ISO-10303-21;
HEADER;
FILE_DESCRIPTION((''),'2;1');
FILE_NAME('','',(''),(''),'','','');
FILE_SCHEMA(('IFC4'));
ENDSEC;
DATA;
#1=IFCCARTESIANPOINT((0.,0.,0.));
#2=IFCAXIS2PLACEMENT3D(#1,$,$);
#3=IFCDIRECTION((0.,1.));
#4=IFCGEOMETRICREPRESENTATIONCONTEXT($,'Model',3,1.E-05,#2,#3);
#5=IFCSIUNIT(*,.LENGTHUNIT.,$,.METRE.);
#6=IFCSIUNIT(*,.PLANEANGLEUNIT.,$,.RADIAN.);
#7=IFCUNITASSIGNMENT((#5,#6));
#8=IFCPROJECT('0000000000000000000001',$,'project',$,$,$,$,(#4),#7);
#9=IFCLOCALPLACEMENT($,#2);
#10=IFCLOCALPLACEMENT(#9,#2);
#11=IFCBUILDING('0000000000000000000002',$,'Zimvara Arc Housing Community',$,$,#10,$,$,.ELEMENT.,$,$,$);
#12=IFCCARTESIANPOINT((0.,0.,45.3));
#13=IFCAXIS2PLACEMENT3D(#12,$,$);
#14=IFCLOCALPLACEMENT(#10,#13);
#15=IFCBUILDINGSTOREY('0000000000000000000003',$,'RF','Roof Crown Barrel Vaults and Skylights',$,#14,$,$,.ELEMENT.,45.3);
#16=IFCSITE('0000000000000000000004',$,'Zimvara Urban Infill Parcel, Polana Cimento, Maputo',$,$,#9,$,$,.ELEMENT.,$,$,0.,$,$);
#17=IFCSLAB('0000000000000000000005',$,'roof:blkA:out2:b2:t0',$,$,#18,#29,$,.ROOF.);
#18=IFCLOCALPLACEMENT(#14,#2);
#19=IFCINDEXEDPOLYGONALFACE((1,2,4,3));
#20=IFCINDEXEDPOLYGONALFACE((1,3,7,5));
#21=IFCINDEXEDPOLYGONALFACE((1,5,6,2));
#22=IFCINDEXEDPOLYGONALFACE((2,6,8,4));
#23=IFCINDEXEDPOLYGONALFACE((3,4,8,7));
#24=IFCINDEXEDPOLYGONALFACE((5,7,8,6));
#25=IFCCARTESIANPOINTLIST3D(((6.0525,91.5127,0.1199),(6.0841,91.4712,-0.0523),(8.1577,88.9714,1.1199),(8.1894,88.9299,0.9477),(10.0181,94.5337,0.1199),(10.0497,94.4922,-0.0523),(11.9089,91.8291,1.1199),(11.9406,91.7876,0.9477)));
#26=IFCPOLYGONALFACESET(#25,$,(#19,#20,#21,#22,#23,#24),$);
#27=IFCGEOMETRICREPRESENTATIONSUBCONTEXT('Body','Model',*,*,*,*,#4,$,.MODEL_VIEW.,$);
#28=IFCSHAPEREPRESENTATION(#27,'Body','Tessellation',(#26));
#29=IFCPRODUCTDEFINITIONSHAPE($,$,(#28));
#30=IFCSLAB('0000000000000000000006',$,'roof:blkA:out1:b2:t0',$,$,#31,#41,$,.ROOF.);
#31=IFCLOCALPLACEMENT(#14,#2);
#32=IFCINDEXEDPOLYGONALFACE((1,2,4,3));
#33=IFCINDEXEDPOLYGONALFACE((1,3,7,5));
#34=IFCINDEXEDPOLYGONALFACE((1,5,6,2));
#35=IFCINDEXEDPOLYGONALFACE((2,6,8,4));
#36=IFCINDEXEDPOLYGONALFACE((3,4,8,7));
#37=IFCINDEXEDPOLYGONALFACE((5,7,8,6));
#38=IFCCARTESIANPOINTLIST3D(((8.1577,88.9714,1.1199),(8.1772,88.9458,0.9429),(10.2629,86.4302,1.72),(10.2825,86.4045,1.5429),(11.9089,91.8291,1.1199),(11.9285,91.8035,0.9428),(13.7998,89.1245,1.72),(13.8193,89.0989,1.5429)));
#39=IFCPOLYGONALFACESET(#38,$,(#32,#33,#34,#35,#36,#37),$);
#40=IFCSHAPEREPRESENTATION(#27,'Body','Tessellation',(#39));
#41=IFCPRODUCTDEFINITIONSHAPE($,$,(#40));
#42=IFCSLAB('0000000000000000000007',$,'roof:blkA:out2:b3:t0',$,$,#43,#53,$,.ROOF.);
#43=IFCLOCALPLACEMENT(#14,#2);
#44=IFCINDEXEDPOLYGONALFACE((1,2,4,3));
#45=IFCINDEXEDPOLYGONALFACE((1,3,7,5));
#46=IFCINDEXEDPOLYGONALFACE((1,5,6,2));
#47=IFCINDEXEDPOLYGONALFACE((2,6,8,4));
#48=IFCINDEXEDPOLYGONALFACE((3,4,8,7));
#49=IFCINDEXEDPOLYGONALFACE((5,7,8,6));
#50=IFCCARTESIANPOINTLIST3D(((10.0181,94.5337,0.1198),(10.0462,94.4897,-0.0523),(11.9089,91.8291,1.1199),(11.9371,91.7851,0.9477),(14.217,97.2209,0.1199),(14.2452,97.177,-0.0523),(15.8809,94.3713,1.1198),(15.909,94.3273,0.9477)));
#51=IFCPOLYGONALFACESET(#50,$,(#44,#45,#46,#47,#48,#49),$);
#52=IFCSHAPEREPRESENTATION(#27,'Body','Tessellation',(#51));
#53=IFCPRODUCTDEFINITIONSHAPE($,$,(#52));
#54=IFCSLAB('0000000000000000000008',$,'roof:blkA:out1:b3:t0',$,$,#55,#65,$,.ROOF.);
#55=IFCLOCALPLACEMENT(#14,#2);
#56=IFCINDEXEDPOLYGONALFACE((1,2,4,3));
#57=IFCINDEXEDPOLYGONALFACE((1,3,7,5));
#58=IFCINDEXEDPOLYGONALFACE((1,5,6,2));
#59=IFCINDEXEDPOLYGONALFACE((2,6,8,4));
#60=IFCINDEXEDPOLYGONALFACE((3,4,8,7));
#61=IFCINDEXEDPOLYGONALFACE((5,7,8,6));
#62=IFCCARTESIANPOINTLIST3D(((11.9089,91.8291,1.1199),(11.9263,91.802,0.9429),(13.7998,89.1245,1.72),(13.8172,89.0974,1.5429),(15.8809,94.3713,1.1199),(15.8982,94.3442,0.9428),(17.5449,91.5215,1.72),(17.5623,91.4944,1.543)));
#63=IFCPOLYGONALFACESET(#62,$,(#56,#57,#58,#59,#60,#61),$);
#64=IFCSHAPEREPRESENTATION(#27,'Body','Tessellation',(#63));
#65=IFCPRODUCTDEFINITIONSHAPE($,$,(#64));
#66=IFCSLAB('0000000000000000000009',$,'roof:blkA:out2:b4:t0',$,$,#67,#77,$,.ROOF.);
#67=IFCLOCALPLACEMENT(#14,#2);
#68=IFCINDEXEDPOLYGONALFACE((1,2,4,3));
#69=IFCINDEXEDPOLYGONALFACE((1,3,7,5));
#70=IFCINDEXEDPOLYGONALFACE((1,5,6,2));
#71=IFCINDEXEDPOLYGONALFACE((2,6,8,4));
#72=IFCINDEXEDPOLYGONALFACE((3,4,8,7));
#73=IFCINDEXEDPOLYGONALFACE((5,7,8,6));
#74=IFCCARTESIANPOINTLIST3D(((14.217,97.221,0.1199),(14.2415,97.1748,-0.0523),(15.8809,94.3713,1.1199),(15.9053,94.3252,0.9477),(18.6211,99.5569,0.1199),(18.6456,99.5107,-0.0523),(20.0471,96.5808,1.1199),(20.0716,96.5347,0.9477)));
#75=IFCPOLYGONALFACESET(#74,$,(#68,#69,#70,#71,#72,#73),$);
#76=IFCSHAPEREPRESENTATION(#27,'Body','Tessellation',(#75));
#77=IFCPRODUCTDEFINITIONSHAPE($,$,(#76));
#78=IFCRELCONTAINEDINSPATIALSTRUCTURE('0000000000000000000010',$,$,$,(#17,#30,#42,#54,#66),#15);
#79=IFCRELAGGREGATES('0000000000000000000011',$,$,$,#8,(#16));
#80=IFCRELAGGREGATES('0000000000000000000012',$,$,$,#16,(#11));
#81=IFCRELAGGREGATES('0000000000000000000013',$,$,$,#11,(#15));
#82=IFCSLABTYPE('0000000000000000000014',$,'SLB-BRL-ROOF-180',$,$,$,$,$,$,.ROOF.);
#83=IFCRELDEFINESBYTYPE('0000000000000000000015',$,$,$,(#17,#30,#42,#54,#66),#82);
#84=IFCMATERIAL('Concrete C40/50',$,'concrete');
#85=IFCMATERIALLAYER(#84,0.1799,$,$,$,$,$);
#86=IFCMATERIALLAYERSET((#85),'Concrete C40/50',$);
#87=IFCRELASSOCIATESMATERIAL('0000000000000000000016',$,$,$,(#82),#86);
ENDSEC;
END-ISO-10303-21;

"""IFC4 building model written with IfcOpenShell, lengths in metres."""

from ifc_helpers import new_model, si_unit, direction, frame, origin, place, context, subcontext, project, spatial, polyline, outline, extrude, material, layer, layer_set, type_object, element, save


model = new_model("IFC4")

# Units and contexts
model_context = context("Model", 3, precision=1e-05, world=origin(), true_north=direction((0.0, 1.0)))
body_context = subcontext(model_context, "Body", "Model", "MODEL_VIEW")
ifc_project = project(units=[si_unit("LENGTHUNIT", "METRE"), si_unit("PLANEANGLEUNIT", "RADIAN")], contexts=[model_context])

# Site, building, storey
site_placement = place(None, origin())
site = spatial("IfcSite", under=ifc_project, at=site_placement, Name="Zimvara Urban Infill Parcel, Polana Cimento, Maputo", CompositionType="ELEMENT", RefElevation=0.0)
building_placement = place(site_placement, origin())
building = spatial("IfcBuilding", under=site, at=building_placement, Name="Zimvara Arc Housing Community", CompositionType="ELEMENT")
storey_placement = place(building_placement, frame((0.0, 0.0, 45.3)))
storey = spatial("IfcBuildingStorey", under=building, at=storey_placement, Name="RF", Description="Roof Crown Barrel Vaults and Skylights", CompositionType="ELEMENT", Elevation=45.3)

# Slabs
ifc_material_1 = material(Name="Concrete C40/50", Category="concrete")
ifc_layer_1 = layer(ifc_material_1, 0.1799)
ifc_layer_set_1 = layer_set([ifc_layer_1], Name="Concrete C40/50")
slab_type = type_object("IfcSlabType", Name="SLB-BRL-ROOF-180", PredefinedType="ROOF", material=ifc_layer_set_1)
slab_1_placement = place(storey_placement, frame((10.0181, 94.5337, 0.1199), z_axis=(-0.175876, 0.230868, 0.956958), x_axis=(-0.79547, -0.605993, 0.000001)))
element("IfcSlab", 1, at=slab_1_placement, inside=storey, type_object=slab_type, Name="roof:blkA:out2:b2:t0", PredefinedType="ROOF", context=body_context, shape_type="SweptSolid", body=[
    extrude(outline(polyline([(0.0, 0.0), (4.9852, 0.0), (4.8505, 3.4456), (0.1348, 3.4456), (0.0, 0.0)])), origin(), (0.0, 0.0, -1.0), 0.1799),
])
slab_2_placement = place(storey_placement, frame((11.9089, 91.8291, 1.1199), z_axis=(-0.108506, 0.142436, 0.983839), x_axis=(-0.795473, -0.605989, 0.000001)))
element("IfcSlab", 2, at=slab_2_placement, inside=storey, type_object=slab_type, Name="roof:blkA:out1:b2:t0", PredefinedType="ROOF", context=body_context, shape_type="SweptSolid", body=[
    extrude(outline(polyline([(0.0, 0.0), (4.7157, 0.0), (4.581, 3.3514), (0.1348, 3.3514), (0.0, 0.0)])), origin(), (0.0, 0.0, -1.0), 0.1799),
])
slab_3_placement = place(storey_placement, frame((14.217, 97.2209, 0.1199), z_axis=(-0.156456, 0.244456, 0.956955), x_axis=(-0.842278, -0.539043, -0.000007)))
element("IfcSlab", 3, at=slab_3_placement, inside=storey, type_object=slab_type, Name="roof:blkA:out2:b3:t0", PredefinedType="ROOF", context=body_context, shape_type="SweptSolid", body=[
    extrude(outline(polyline([(0.0, 0.0), (4.9853, 0.0), (4.8505, 3.4456), (0.1347, 3.4453), (0.0, 0.0)])), origin(), (0.0, 0.0, -1.0), 0.1799),
])
slab_4_placement = place(storey_placement, frame((15.8809, 94.3713, 1.1199), z_axis=(-0.096524, 0.15081, 0.983839), x_axis=(-0.842252, -0.539084, 0.000002)))
element("IfcSlab", 4, at=slab_4_placement, inside=storey, type_object=slab_type, Name="roof:blkA:out1:b3:t0", PredefinedType="ROOF", context=body_context, shape_type="SweptSolid", body=[
    extrude(outline(polyline([(0.0, 0.0), (4.7158, 0.0), (4.5813, 3.3514), (0.1348, 3.3515), (0.0, 0.0)])), origin(), (0.0, 0.0, -1.0), 0.1799),
])
slab_5_placement = place(storey_placement, frame((18.6211, 99.5569, 0.1199), z_axis=(-0.135988, 0.256404, 0.956956), x_axis=(-0.883426, -0.468572, 0.000009)))
element("IfcSlab", 5, at=slab_5_placement, inside=storey, type_object=slab_type, Name="roof:blkA:out2:b4:t0", PredefinedType="ROOF", context=body_context, shape_type="SweptSolid", body=[
    extrude(outline(polyline([(0.0, 0.0), (4.9852, 0.0), (4.8506, 3.4454), (0.1347, 3.4456), (0.0, 0.0)])), origin(), (0.0, 0.0, -1.0), 0.1799),
])

save(model, "model.ifc")
